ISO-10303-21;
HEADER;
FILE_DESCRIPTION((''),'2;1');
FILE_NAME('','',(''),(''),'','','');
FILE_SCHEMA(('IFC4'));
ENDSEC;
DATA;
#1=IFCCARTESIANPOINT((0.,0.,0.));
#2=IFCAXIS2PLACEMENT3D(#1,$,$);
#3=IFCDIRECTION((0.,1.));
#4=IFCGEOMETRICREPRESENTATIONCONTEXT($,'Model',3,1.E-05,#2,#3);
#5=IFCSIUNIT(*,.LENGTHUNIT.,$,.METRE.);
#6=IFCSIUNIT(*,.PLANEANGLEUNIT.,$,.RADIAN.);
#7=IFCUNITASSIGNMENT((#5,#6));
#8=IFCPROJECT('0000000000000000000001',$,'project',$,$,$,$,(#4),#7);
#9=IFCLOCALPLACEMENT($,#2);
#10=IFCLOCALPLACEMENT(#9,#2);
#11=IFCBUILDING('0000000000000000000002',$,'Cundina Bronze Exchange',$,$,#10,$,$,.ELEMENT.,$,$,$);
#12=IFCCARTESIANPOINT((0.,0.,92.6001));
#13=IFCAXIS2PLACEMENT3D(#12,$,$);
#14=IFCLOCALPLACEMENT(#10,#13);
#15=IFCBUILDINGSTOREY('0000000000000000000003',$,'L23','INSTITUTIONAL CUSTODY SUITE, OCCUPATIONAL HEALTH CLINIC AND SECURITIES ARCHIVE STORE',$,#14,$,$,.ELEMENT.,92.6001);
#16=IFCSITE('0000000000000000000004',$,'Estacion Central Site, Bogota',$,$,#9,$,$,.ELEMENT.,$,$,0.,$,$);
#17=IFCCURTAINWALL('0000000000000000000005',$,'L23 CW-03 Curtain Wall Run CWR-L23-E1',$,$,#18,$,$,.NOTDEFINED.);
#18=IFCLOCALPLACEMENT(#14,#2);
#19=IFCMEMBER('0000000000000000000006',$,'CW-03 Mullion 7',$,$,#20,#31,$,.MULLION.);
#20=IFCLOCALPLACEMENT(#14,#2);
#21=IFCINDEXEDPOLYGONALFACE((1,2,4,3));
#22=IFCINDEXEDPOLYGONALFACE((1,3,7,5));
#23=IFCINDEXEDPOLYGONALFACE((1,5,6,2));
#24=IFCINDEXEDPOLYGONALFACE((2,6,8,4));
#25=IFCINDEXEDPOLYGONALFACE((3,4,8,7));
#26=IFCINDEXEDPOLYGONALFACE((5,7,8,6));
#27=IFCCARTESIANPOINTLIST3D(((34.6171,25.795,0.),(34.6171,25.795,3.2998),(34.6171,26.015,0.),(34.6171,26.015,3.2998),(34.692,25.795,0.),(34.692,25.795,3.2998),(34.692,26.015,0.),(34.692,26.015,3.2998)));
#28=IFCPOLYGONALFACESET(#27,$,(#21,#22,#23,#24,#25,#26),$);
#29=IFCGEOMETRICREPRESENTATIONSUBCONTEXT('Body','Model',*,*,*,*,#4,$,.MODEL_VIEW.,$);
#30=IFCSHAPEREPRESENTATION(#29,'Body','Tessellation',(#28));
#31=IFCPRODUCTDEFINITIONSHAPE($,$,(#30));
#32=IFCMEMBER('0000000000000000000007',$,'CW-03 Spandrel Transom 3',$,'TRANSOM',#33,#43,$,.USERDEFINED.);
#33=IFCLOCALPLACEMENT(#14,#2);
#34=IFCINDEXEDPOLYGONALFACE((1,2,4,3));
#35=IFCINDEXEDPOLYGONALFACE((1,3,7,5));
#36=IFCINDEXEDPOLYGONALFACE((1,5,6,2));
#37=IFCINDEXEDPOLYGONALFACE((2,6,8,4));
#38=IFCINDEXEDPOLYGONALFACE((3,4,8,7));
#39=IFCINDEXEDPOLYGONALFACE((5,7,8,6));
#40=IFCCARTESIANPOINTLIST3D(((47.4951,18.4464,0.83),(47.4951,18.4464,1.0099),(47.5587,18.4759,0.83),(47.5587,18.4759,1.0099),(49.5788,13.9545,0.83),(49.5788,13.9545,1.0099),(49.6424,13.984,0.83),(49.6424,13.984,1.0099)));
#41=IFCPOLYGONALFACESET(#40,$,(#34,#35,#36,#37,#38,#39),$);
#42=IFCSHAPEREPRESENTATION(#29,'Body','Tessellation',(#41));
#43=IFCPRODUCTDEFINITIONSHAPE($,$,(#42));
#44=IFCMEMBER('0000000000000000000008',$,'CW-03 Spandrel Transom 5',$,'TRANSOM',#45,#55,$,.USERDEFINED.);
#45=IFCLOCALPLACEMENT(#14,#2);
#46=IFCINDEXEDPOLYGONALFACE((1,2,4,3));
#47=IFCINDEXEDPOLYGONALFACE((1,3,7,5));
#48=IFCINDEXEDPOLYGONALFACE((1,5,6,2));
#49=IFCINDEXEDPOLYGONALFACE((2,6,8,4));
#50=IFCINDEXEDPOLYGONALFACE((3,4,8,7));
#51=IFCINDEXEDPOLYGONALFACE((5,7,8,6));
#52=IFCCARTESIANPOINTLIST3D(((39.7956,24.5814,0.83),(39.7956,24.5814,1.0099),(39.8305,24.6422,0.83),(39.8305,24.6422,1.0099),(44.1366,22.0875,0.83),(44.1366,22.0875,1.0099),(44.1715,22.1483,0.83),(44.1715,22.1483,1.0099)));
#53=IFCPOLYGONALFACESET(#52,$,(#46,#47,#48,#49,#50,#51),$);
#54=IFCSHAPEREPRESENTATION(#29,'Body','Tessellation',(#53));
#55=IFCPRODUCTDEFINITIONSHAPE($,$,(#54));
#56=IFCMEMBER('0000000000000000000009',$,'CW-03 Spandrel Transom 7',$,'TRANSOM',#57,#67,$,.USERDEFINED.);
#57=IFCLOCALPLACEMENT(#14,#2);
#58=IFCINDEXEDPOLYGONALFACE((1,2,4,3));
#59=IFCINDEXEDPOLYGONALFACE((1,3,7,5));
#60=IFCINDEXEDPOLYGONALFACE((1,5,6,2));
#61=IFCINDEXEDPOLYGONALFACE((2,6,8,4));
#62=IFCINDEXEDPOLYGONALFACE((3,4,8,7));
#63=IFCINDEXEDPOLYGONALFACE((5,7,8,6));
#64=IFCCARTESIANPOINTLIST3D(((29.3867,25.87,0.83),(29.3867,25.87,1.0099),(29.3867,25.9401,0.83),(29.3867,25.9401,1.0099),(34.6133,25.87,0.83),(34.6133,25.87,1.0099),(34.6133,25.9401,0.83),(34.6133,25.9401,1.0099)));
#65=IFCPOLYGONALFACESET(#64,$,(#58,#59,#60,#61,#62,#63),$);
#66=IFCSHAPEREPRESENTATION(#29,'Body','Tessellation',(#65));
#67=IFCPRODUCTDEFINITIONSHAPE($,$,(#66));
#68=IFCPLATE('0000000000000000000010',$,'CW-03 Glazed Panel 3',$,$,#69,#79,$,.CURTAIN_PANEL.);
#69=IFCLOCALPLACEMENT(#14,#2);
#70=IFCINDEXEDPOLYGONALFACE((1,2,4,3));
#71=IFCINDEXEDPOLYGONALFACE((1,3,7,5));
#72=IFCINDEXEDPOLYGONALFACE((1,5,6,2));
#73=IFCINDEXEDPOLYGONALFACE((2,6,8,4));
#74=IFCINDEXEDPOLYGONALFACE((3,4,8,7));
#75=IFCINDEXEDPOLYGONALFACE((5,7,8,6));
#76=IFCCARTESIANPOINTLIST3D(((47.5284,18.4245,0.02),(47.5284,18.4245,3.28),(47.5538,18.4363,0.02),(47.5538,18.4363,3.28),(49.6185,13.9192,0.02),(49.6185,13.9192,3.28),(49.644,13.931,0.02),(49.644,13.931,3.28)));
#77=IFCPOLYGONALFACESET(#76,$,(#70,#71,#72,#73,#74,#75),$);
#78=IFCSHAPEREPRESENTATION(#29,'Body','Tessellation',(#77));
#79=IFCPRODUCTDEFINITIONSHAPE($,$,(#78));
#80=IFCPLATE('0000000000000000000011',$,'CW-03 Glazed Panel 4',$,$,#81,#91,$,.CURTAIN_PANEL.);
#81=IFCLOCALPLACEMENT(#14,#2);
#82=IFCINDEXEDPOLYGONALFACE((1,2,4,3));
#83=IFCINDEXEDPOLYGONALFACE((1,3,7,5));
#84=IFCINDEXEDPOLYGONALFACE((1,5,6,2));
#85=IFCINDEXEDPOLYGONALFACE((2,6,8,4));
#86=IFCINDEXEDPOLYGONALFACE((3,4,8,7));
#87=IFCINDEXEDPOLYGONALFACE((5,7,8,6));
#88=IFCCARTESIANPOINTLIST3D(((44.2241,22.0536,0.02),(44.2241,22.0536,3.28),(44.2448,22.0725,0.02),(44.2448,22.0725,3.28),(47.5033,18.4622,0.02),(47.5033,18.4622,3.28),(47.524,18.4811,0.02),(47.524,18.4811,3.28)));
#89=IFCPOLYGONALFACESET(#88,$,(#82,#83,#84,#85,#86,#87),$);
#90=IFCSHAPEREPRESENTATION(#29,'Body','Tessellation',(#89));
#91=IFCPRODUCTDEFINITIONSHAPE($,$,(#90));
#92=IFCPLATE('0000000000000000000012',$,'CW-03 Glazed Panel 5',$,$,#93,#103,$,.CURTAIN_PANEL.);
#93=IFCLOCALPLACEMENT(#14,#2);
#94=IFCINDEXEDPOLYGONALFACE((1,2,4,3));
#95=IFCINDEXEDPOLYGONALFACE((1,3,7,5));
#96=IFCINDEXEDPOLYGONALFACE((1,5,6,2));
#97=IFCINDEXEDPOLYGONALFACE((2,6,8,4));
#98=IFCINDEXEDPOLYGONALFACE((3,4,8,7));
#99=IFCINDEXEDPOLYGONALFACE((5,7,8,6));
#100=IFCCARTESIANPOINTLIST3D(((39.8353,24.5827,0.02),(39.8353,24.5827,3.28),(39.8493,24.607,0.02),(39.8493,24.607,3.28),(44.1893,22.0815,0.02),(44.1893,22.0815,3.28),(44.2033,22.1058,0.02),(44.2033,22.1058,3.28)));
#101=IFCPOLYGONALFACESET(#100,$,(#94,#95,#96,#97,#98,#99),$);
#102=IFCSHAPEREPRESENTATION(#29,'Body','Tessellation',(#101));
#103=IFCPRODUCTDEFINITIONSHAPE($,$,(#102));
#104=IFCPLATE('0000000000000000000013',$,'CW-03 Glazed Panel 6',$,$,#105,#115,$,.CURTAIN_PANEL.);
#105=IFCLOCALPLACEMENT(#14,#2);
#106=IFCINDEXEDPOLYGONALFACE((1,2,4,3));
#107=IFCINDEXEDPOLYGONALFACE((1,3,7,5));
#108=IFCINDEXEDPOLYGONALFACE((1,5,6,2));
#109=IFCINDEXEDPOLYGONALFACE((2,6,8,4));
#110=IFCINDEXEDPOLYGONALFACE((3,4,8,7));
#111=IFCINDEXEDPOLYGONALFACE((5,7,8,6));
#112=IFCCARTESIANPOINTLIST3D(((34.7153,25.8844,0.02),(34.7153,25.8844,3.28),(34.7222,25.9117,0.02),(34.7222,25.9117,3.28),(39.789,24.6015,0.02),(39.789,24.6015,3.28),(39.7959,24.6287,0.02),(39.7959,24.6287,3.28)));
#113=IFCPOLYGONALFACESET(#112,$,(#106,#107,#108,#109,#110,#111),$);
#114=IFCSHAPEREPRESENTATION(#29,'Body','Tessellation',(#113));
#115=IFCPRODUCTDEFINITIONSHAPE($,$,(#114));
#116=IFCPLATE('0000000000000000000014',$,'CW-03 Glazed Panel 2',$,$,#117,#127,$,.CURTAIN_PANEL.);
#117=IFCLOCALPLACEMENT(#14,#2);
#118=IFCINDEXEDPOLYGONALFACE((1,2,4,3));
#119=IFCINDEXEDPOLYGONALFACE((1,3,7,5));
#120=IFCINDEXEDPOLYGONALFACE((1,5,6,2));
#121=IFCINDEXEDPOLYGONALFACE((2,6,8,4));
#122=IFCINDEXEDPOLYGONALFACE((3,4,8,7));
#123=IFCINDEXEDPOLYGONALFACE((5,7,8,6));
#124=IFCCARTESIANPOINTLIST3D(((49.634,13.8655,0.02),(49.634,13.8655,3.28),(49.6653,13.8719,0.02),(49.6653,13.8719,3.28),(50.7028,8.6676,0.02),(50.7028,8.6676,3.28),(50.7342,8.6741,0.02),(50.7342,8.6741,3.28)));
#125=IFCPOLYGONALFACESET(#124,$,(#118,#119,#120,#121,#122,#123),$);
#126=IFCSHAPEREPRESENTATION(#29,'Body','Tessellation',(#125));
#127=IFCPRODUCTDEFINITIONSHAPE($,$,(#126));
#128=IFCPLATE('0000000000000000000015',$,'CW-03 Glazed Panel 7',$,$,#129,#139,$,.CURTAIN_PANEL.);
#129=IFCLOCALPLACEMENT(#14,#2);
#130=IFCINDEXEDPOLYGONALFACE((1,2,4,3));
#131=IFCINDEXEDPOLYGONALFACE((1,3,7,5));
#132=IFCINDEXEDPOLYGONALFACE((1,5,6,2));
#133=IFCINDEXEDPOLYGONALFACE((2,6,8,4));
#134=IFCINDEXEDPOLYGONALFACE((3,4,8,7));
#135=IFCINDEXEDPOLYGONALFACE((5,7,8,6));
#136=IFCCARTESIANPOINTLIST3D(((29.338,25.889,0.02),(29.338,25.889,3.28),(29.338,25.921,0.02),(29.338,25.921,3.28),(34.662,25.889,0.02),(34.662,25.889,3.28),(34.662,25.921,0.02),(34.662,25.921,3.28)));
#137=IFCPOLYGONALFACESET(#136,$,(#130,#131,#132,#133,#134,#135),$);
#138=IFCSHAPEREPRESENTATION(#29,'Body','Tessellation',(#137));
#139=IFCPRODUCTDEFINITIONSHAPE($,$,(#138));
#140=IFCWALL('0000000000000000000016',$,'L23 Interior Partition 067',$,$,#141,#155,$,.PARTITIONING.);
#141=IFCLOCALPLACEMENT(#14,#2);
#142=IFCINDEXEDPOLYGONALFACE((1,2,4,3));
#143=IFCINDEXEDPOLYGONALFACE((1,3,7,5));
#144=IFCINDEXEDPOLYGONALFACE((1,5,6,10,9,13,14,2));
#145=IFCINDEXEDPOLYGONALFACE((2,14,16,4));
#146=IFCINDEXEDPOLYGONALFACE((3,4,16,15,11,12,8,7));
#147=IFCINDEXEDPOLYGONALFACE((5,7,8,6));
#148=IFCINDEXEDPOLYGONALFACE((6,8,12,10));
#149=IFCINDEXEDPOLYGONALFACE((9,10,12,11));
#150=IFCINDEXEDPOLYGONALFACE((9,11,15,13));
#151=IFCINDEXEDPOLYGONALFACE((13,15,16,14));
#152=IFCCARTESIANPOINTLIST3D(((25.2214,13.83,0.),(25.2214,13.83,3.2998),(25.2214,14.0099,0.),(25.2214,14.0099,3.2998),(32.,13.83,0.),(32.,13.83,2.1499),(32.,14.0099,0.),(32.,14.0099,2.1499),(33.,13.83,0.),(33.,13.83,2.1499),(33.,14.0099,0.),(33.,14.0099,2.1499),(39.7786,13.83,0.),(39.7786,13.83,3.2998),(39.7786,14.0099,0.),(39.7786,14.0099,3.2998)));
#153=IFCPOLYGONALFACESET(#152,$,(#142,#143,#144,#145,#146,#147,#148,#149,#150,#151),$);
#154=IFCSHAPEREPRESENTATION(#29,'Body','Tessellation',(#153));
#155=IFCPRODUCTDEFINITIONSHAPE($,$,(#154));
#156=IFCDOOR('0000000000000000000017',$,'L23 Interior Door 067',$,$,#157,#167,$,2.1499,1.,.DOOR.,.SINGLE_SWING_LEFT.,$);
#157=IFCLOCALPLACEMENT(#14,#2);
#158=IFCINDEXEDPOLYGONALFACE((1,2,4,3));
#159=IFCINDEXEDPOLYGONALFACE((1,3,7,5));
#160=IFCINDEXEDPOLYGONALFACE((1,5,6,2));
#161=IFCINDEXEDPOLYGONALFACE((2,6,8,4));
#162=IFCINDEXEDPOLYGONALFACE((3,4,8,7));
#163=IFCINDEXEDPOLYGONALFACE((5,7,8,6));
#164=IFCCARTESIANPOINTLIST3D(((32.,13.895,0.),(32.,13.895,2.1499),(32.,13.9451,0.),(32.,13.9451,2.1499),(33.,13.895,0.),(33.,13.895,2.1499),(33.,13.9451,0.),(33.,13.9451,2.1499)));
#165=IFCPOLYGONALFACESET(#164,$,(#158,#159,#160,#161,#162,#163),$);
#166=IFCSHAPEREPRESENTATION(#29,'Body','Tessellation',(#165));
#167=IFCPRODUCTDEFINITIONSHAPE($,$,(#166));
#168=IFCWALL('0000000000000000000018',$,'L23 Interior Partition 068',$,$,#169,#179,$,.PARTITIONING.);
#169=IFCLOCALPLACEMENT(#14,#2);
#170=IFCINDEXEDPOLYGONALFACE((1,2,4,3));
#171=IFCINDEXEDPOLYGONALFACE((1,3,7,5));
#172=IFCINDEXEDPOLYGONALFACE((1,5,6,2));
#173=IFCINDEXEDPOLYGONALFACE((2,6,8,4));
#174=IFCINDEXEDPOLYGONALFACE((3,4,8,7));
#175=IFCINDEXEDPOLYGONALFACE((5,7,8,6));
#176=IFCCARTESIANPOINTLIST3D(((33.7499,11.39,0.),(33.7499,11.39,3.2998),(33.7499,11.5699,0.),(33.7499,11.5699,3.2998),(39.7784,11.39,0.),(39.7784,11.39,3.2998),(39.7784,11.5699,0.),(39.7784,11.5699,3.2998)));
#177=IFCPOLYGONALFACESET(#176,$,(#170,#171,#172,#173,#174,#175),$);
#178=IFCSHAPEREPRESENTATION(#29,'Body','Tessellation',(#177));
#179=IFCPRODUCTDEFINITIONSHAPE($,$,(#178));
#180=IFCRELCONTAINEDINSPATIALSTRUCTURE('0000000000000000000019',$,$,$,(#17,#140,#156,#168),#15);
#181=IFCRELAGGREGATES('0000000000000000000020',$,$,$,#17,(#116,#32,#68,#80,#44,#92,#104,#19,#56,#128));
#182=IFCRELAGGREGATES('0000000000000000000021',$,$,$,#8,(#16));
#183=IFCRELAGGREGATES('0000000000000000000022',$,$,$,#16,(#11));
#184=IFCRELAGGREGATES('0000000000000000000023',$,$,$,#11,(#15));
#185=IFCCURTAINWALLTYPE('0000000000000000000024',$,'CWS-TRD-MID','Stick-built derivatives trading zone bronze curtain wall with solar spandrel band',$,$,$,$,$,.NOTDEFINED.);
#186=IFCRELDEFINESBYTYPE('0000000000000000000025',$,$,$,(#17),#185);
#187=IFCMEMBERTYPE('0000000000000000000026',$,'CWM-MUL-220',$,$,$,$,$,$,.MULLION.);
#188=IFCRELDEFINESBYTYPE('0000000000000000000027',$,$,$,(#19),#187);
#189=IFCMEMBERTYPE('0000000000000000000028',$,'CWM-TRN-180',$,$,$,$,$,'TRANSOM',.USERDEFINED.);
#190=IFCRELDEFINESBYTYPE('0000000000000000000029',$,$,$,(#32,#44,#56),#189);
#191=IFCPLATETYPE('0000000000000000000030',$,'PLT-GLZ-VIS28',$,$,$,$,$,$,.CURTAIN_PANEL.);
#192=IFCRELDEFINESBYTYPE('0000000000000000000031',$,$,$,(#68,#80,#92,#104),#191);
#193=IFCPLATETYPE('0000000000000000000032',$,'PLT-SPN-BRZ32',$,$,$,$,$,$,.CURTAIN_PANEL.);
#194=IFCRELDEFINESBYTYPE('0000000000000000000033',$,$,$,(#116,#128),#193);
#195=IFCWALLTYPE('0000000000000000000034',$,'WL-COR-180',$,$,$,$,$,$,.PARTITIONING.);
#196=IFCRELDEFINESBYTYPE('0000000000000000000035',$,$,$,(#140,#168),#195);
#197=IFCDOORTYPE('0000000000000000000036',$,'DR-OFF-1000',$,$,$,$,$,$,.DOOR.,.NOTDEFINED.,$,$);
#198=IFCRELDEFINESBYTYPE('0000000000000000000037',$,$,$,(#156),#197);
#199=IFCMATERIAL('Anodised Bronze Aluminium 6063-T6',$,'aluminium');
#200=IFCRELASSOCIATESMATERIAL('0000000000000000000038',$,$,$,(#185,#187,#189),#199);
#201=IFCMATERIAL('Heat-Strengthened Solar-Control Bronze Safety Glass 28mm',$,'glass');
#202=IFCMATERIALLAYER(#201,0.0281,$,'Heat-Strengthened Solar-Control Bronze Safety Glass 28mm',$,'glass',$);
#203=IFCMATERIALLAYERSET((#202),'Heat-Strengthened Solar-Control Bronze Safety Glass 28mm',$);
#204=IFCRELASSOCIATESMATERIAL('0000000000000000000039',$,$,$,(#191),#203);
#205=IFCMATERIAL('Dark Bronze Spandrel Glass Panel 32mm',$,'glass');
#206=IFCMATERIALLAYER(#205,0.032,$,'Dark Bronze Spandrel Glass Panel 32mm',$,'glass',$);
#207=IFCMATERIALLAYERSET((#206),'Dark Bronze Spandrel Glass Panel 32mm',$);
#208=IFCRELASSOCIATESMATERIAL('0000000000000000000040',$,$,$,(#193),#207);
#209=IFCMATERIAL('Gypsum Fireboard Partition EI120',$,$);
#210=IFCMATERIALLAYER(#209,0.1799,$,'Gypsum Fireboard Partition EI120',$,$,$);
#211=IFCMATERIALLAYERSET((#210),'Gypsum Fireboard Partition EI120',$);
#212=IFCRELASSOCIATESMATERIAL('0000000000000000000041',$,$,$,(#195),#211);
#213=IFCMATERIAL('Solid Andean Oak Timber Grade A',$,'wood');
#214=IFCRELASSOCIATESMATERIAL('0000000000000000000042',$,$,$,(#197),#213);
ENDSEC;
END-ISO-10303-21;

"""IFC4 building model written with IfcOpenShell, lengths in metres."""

from ifc_helpers import new_model, si_unit, direction, frame, frame_2d, origin, origin_2d, place, context, subcontext, project, spatial, rectangle, extrude, material, layer, layer_set, material_profile, profile_set, type_object, element, fill, aggregate, save


model = new_model("IFC4")

# Units and contexts
model_context = context("Model", 3, precision=1e-05, world=origin(), true_north=direction((0.0, 1.0)))
body_context = subcontext(model_context, "Body", "Model", "MODEL_VIEW")
ifc_project = project(units=[si_unit("LENGTHUNIT", "METRE"), si_unit("PLANEANGLEUNIT", "RADIAN")], contexts=[model_context])

# Site, building, storey
site_placement = place(None, origin())
site = spatial("IfcSite", under=ifc_project, at=site_placement, Name="Estacion Central Site, Bogota", CompositionType="ELEMENT", RefElevation=0.0)
building_placement = place(site_placement, origin())
building = spatial("IfcBuilding", under=site, at=building_placement, Name="Cundina Bronze Exchange", CompositionType="ELEMENT")
storey_placement = place(building_placement, frame((0.0, 0.0, 92.6001)))
storey = spatial("IfcBuildingStorey", under=building, at=storey_placement, Name="L23", Description="INSTITUTIONAL CUSTODY SUITE, OCCUPATIONAL HEALTH CLINIC AND SECURITIES ARCHIVE STORE", CompositionType="ELEMENT", Elevation=92.6001)

# Curtain wall, members, plates
ifc_material_1 = material(Name="Anodised Bronze Aluminium 6063-T6", Category="aluminium")
curtain_wall_type = type_object("IfcCurtainWallType", Name="CWS-TRD-MID", Description="Stick-built derivatives trading zone bronze curtain wall with solar spandrel band", PredefinedType="NOTDEFINED", material=ifc_material_1)
curtain_wall_placement = place(storey_placement, origin())
curtain_wall = element("IfcCurtainWall", 1, at=curtain_wall_placement, inside=storey, type_object=curtain_wall_type, Name="L23 CW-03 Curtain Wall Run CWR-L23-E1", PredefinedType="NOTDEFINED")
ifc_material_profile_1 = material_profile(ifc_material_1, rectangle(XDim=0.075, YDim=0.22, at=origin_2d()), Name="AL75X220", Category="aluminium")
ifc_profile_set_1 = profile_set([ifc_material_profile_1], Name="Anodised Bronze Aluminium 6063-T6")
member_type_1 = type_object("IfcMemberType", Name="CWM-MUL-220", PredefinedType="MULLION", material=ifc_profile_set_1)
member_1_placement = place(storey_placement, frame((34.6545, 25.905, 0.0), z_axis=(0.0, 0.0, 1.0), x_axis=(-1.0, 0.0, 0.0)))
member_1 = element("IfcMember", 2, at=member_1_placement, type_object=member_type_1, Name="CW-03 Mullion 7", PredefinedType="MULLION", context=body_context, shape_type="SweptSolid", body=[
    extrude(rectangle(XDim=0.075, YDim=0.22, at=origin_2d()), origin(), (0.0, 0.0, 1.0), 3.2998),
])
ifc_material_profile_2 = material_profile(ifc_material_1, rectangle(XDim=0.0701, YDim=0.1799, at=origin_2d()), Name="AL70X180", Category="aluminium")
ifc_profile_set_2 = profile_set([ifc_material_profile_2], Name="Anodised Bronze Aluminium 6063-T6")
member_type_2 = type_object("IfcMemberType", Name="CWM-TRN-180", ElementType="TRANSOM", PredefinedType="USERDEFINED", material=ifc_profile_set_2)
member_2_placement = place(storey_placement, frame((49.6106, 13.9692, 0.9199), z_axis=(-0.420811, 0.907148, 0.0), x_axis=(-0.907148, -0.420811, 0.0)))
member_2 = element("IfcMember", 3, at=member_2_placement, type_object=member_type_2, Name="CW-03 Spandrel Transom 3", ObjectType="TRANSOM", PredefinedType="USERDEFINED", context=body_context, shape_type="SweptSolid", body=[
    extrude(rectangle(XDim=0.0701, YDim=0.1799, at=origin_2d()), origin(), (0.0, 0.0, 1.0), 4.9517),
])
member_3_placement = place(storey_placement, frame((44.1541, 22.1179, 0.9199), z_axis=(-0.867097, 0.498139, 0.0), x_axis=(-0.498139, -0.867097, 0.0)))
member_3 = element("IfcMember", 4, at=member_3_placement, type_object=member_type_2, Name="CW-03 Spandrel Transom 5", ObjectType="TRANSOM", PredefinedType="USERDEFINED", context=body_context, shape_type="SweptSolid", body=[
    extrude(rectangle(XDim=0.0701, YDim=0.1799, at=origin_2d()), origin(), (0.0, 0.0, 1.0), 5.0063),
])
member_4_placement = place(storey_placement, frame((34.6133, 25.905, 0.9199), z_axis=(-1.0, 0.0, 0.0), x_axis=(0.0, -1.0, 0.0)))
member_4 = element("IfcMember", 5, at=member_4_placement, type_object=member_type_2, Name="CW-03 Spandrel Transom 7", ObjectType="TRANSOM", PredefinedType="USERDEFINED", context=body_context, shape_type="SweptSolid", body=[
    extrude(rectangle(XDim=0.0701, YDim=0.1799, at=origin_2d()), origin(), (0.0, 0.0, 1.0), 5.2266),
])
ifc_material_2 = material(Name="Heat-Strengthened Solar-Control Bronze Safety Glass 28mm", Category="glass")
ifc_layer_1 = layer(ifc_material_2, 0.0281, Name="Heat-Strengthened Solar-Control Bronze Safety Glass 28mm", Category="glass")
ifc_layer_set_1 = layer_set([ifc_layer_1], Name="Heat-Strengthened Solar-Control Bronze Safety Glass 28mm")
plate_type_1 = type_object("IfcPlateType", Name="PLT-GLZ-VIS28", PredefinedType="CURTAIN_PANEL", material=ifc_layer_set_1)
plate_1_placement = place(storey_placement, frame((48.5862, 16.1777, 0.02), z_axis=(0.0, 0.0, 1.0), x_axis=(-0.420846, 0.907132, 0.0)))
plate_1 = element("IfcPlate", 6, at=plate_1_placement, type_object=plate_type_1, Name="CW-03 Glazed Panel 3", PredefinedType="CURTAIN_PANEL", context=body_context, shape_type="SweptSolid", body=[
    extrude(rectangle(XDim=4.9666, YDim=0.0281, at=origin_2d()), origin(), (0.0, 0.0, 1.0), 3.26),
])
plate_2_placement = place(storey_placement, frame((45.874, 20.2673, 0.02), z_axis=(0.0, 0.0, 1.0), x_axis=(-0.674277, 0.738479, 0.0)))
plate_2 = element("IfcPlate", 7, at=plate_2_placement, type_object=plate_type_1, Name="CW-03 Glazed Panel 4", PredefinedType="CURTAIN_PANEL", context=body_context, shape_type="SweptSolid", body=[
    extrude(rectangle(XDim=4.8633, YDim=0.0281, at=origin_2d()), origin(), (0.0, 0.0, 1.0), 3.26),
])
plate_3_placement = place(storey_placement, frame((42.0193, 23.3442, 0.02), z_axis=(0.0, 0.0, 1.0), x_axis=(-0.867105, 0.498125, 0.0)))
plate_3 = element("IfcPlate", 8, at=plate_3_placement, type_object=plate_type_1, Name="CW-03 Glazed Panel 5", PredefinedType="CURTAIN_PANEL", context=body_context, shape_type="SweptSolid", body=[
    extrude(rectangle(XDim=5.0212, YDim=0.0281, at=origin_2d()), origin(), (0.0, 0.0, 1.0), 3.26),
])
plate_4_placement = place(storey_placement, frame((37.2556, 25.2566, 0.02), z_axis=(0.0, 0.0, 1.0), x_axis=(-0.969488, 0.245138, 0.0)))
plate_4 = element("IfcPlate", 9, at=plate_4_placement, type_object=plate_type_1, Name="CW-03 Glazed Panel 6", PredefinedType="CURTAIN_PANEL", context=body_context, shape_type="SweptSolid", body=[
    extrude(rectangle(XDim=5.2334, YDim=0.0281, at=origin_2d()), origin(), (0.0, 0.0, 1.0), 3.26),
])
ifc_material_3 = material(Name="Dark Bronze Spandrel Glass Panel 32mm", Category="glass")
ifc_layer_2 = layer(ifc_material_3, 0.032, Name="Dark Bronze Spandrel Glass Panel 32mm", Category="glass")
ifc_layer_set_2 = layer_set([ifc_layer_2], Name="Dark Bronze Spandrel Glass Panel 32mm")
plate_type_2 = type_object("IfcPlateType", Name="PLT-SPN-BRZ32", PredefinedType="CURTAIN_PANEL", material=ifc_layer_set_2)
plate_5_placement = place(storey_placement, frame((50.1841, 11.2698, 0.02), z_axis=(0.0, 0.0, 1.0), x_axis=(-0.20142, 0.979505, 0.0)))
plate_5 = element("IfcPlate", 10, at=plate_5_placement, type_object=plate_type_2, Name="CW-03 Glazed Panel 2", PredefinedType="CURTAIN_PANEL", context=body_context, shape_type="SweptSolid", body=[
    extrude(rectangle(XDim=5.3066, YDim=0.032, at=origin_2d()), origin(), (0.0, 0.0, 1.0), 3.26),
])
plate_6_placement = place(storey_placement, frame((32.0, 25.905, 0.02), z_axis=(0.0, 0.0, 1.0), x_axis=(-1.0, 0.0, 0.0)))
plate_6 = element("IfcPlate", 11, at=plate_6_placement, type_object=plate_type_2, Name="CW-03 Glazed Panel 7", PredefinedType="CURTAIN_PANEL", context=body_context, shape_type="SweptSolid", body=[
    extrude(rectangle(XDim=5.324, YDim=0.032, at=origin_2d()), origin(), (0.0, 0.0, 1.0), 3.26),
])
aggregate(curtain_wall, [plate_5, member_2, plate_1, plate_2, member_3, plate_3, plate_4, member_1, member_4, plate_6])

# Wall, opening, door
ifc_material_4 = material(Name="Gypsum Fireboard Partition EI120")
ifc_layer_3 = layer(ifc_material_4, 0.1799, Name="Gypsum Fireboard Partition EI120")
ifc_layer_set_3 = layer_set([ifc_layer_3], Name="Gypsum Fireboard Partition EI120")
wall_type_1 = type_object("IfcWallType", Name="WL-COR-180", PredefinedType="PARTITIONING", material=ifc_layer_set_3)
wall_1_placement = place(storey_placement, frame((39.7786, 13.9199, 0.0), z_axis=(0.0, 0.0, 1.0), x_axis=(-1.0, 0.0, 0.0)))
wall_1 = element("IfcWall", 12, at=wall_1_placement, inside=storey, type_object=wall_type_1, Name="L23 Interior Partition 067", PredefinedType="PARTITIONING", context=body_context, shape_type="SweptSolid", body=[
    extrude(rectangle(XDim=14.5571, YDim=0.1799, at=frame_2d((7.2786, 0.0))), origin(), (0.0, 0.0, 1.0), 3.2998),
])
opening_placement = place(wall_1_placement, frame((6.7786, 0.0, 0.0)))
opening = element("IfcOpeningElement", 13, at=opening_placement, cuts=wall_1, PredefinedType="OPENING", context=body_context, shape_type="SweptSolid", body=[
    extrude(rectangle(XDim=1.0, YDim=2.1499, at=frame_2d((0.5, 1.075))), frame((0.0, 0.0999, 0.0), z_axis=(0.0, -1.0, 0.0), x_axis=(1.0, 0.0, 0.0)), (0.0, 0.0, 1.0), 0.2),
])
ifc_material_5 = material(Name="Solid Andean Oak Timber Grade A", Category="wood")
door_type = type_object("IfcDoorType", Name="DR-OFF-1000", OperationType="NOTDEFINED", PredefinedType="DOOR", material=ifc_material_5)
door_placement = place(opening_placement, origin())
door = element("IfcDoor", 14, at=door_placement, inside=storey, type_object=door_type, Name="L23 Interior Door 067", OperationType="SINGLE_SWING_LEFT", OverallHeight=2.1499, OverallWidth=1.0, PredefinedType="DOOR", context=body_context, shape_type="SweptSolid", body=[
    extrude(rectangle(XDim=1.0, YDim=2.1499, at=frame_2d((0.5, 1.075))), frame((0.0, 0.0249, 0.0), z_axis=(0.0, -1.0, 0.0), x_axis=(1.0, 0.0, 0.0)), (0.0, 0.0, 1.0), 0.05),
])
fill(opening, door)

# Wall
wall_2_placement = place(storey_placement, frame((33.75, 11.48, 0.0), z_axis=(0.0, 0.0, 1.0), x_axis=(1.0, 0.0, 0.0)))
element("IfcWall", 15, at=wall_2_placement, inside=storey, type_object=wall_type_1, Name="L23 Interior Partition 068", PredefinedType="PARTITIONING", context=body_context, shape_type="SweptSolid", body=[
    extrude(rectangle(XDim=6.0286, YDim=0.1799, at=frame_2d((3.0142, 0.0))), origin(), (0.0, 0.0, 1.0), 3.2998),
])

save(model, "model.ifc")
